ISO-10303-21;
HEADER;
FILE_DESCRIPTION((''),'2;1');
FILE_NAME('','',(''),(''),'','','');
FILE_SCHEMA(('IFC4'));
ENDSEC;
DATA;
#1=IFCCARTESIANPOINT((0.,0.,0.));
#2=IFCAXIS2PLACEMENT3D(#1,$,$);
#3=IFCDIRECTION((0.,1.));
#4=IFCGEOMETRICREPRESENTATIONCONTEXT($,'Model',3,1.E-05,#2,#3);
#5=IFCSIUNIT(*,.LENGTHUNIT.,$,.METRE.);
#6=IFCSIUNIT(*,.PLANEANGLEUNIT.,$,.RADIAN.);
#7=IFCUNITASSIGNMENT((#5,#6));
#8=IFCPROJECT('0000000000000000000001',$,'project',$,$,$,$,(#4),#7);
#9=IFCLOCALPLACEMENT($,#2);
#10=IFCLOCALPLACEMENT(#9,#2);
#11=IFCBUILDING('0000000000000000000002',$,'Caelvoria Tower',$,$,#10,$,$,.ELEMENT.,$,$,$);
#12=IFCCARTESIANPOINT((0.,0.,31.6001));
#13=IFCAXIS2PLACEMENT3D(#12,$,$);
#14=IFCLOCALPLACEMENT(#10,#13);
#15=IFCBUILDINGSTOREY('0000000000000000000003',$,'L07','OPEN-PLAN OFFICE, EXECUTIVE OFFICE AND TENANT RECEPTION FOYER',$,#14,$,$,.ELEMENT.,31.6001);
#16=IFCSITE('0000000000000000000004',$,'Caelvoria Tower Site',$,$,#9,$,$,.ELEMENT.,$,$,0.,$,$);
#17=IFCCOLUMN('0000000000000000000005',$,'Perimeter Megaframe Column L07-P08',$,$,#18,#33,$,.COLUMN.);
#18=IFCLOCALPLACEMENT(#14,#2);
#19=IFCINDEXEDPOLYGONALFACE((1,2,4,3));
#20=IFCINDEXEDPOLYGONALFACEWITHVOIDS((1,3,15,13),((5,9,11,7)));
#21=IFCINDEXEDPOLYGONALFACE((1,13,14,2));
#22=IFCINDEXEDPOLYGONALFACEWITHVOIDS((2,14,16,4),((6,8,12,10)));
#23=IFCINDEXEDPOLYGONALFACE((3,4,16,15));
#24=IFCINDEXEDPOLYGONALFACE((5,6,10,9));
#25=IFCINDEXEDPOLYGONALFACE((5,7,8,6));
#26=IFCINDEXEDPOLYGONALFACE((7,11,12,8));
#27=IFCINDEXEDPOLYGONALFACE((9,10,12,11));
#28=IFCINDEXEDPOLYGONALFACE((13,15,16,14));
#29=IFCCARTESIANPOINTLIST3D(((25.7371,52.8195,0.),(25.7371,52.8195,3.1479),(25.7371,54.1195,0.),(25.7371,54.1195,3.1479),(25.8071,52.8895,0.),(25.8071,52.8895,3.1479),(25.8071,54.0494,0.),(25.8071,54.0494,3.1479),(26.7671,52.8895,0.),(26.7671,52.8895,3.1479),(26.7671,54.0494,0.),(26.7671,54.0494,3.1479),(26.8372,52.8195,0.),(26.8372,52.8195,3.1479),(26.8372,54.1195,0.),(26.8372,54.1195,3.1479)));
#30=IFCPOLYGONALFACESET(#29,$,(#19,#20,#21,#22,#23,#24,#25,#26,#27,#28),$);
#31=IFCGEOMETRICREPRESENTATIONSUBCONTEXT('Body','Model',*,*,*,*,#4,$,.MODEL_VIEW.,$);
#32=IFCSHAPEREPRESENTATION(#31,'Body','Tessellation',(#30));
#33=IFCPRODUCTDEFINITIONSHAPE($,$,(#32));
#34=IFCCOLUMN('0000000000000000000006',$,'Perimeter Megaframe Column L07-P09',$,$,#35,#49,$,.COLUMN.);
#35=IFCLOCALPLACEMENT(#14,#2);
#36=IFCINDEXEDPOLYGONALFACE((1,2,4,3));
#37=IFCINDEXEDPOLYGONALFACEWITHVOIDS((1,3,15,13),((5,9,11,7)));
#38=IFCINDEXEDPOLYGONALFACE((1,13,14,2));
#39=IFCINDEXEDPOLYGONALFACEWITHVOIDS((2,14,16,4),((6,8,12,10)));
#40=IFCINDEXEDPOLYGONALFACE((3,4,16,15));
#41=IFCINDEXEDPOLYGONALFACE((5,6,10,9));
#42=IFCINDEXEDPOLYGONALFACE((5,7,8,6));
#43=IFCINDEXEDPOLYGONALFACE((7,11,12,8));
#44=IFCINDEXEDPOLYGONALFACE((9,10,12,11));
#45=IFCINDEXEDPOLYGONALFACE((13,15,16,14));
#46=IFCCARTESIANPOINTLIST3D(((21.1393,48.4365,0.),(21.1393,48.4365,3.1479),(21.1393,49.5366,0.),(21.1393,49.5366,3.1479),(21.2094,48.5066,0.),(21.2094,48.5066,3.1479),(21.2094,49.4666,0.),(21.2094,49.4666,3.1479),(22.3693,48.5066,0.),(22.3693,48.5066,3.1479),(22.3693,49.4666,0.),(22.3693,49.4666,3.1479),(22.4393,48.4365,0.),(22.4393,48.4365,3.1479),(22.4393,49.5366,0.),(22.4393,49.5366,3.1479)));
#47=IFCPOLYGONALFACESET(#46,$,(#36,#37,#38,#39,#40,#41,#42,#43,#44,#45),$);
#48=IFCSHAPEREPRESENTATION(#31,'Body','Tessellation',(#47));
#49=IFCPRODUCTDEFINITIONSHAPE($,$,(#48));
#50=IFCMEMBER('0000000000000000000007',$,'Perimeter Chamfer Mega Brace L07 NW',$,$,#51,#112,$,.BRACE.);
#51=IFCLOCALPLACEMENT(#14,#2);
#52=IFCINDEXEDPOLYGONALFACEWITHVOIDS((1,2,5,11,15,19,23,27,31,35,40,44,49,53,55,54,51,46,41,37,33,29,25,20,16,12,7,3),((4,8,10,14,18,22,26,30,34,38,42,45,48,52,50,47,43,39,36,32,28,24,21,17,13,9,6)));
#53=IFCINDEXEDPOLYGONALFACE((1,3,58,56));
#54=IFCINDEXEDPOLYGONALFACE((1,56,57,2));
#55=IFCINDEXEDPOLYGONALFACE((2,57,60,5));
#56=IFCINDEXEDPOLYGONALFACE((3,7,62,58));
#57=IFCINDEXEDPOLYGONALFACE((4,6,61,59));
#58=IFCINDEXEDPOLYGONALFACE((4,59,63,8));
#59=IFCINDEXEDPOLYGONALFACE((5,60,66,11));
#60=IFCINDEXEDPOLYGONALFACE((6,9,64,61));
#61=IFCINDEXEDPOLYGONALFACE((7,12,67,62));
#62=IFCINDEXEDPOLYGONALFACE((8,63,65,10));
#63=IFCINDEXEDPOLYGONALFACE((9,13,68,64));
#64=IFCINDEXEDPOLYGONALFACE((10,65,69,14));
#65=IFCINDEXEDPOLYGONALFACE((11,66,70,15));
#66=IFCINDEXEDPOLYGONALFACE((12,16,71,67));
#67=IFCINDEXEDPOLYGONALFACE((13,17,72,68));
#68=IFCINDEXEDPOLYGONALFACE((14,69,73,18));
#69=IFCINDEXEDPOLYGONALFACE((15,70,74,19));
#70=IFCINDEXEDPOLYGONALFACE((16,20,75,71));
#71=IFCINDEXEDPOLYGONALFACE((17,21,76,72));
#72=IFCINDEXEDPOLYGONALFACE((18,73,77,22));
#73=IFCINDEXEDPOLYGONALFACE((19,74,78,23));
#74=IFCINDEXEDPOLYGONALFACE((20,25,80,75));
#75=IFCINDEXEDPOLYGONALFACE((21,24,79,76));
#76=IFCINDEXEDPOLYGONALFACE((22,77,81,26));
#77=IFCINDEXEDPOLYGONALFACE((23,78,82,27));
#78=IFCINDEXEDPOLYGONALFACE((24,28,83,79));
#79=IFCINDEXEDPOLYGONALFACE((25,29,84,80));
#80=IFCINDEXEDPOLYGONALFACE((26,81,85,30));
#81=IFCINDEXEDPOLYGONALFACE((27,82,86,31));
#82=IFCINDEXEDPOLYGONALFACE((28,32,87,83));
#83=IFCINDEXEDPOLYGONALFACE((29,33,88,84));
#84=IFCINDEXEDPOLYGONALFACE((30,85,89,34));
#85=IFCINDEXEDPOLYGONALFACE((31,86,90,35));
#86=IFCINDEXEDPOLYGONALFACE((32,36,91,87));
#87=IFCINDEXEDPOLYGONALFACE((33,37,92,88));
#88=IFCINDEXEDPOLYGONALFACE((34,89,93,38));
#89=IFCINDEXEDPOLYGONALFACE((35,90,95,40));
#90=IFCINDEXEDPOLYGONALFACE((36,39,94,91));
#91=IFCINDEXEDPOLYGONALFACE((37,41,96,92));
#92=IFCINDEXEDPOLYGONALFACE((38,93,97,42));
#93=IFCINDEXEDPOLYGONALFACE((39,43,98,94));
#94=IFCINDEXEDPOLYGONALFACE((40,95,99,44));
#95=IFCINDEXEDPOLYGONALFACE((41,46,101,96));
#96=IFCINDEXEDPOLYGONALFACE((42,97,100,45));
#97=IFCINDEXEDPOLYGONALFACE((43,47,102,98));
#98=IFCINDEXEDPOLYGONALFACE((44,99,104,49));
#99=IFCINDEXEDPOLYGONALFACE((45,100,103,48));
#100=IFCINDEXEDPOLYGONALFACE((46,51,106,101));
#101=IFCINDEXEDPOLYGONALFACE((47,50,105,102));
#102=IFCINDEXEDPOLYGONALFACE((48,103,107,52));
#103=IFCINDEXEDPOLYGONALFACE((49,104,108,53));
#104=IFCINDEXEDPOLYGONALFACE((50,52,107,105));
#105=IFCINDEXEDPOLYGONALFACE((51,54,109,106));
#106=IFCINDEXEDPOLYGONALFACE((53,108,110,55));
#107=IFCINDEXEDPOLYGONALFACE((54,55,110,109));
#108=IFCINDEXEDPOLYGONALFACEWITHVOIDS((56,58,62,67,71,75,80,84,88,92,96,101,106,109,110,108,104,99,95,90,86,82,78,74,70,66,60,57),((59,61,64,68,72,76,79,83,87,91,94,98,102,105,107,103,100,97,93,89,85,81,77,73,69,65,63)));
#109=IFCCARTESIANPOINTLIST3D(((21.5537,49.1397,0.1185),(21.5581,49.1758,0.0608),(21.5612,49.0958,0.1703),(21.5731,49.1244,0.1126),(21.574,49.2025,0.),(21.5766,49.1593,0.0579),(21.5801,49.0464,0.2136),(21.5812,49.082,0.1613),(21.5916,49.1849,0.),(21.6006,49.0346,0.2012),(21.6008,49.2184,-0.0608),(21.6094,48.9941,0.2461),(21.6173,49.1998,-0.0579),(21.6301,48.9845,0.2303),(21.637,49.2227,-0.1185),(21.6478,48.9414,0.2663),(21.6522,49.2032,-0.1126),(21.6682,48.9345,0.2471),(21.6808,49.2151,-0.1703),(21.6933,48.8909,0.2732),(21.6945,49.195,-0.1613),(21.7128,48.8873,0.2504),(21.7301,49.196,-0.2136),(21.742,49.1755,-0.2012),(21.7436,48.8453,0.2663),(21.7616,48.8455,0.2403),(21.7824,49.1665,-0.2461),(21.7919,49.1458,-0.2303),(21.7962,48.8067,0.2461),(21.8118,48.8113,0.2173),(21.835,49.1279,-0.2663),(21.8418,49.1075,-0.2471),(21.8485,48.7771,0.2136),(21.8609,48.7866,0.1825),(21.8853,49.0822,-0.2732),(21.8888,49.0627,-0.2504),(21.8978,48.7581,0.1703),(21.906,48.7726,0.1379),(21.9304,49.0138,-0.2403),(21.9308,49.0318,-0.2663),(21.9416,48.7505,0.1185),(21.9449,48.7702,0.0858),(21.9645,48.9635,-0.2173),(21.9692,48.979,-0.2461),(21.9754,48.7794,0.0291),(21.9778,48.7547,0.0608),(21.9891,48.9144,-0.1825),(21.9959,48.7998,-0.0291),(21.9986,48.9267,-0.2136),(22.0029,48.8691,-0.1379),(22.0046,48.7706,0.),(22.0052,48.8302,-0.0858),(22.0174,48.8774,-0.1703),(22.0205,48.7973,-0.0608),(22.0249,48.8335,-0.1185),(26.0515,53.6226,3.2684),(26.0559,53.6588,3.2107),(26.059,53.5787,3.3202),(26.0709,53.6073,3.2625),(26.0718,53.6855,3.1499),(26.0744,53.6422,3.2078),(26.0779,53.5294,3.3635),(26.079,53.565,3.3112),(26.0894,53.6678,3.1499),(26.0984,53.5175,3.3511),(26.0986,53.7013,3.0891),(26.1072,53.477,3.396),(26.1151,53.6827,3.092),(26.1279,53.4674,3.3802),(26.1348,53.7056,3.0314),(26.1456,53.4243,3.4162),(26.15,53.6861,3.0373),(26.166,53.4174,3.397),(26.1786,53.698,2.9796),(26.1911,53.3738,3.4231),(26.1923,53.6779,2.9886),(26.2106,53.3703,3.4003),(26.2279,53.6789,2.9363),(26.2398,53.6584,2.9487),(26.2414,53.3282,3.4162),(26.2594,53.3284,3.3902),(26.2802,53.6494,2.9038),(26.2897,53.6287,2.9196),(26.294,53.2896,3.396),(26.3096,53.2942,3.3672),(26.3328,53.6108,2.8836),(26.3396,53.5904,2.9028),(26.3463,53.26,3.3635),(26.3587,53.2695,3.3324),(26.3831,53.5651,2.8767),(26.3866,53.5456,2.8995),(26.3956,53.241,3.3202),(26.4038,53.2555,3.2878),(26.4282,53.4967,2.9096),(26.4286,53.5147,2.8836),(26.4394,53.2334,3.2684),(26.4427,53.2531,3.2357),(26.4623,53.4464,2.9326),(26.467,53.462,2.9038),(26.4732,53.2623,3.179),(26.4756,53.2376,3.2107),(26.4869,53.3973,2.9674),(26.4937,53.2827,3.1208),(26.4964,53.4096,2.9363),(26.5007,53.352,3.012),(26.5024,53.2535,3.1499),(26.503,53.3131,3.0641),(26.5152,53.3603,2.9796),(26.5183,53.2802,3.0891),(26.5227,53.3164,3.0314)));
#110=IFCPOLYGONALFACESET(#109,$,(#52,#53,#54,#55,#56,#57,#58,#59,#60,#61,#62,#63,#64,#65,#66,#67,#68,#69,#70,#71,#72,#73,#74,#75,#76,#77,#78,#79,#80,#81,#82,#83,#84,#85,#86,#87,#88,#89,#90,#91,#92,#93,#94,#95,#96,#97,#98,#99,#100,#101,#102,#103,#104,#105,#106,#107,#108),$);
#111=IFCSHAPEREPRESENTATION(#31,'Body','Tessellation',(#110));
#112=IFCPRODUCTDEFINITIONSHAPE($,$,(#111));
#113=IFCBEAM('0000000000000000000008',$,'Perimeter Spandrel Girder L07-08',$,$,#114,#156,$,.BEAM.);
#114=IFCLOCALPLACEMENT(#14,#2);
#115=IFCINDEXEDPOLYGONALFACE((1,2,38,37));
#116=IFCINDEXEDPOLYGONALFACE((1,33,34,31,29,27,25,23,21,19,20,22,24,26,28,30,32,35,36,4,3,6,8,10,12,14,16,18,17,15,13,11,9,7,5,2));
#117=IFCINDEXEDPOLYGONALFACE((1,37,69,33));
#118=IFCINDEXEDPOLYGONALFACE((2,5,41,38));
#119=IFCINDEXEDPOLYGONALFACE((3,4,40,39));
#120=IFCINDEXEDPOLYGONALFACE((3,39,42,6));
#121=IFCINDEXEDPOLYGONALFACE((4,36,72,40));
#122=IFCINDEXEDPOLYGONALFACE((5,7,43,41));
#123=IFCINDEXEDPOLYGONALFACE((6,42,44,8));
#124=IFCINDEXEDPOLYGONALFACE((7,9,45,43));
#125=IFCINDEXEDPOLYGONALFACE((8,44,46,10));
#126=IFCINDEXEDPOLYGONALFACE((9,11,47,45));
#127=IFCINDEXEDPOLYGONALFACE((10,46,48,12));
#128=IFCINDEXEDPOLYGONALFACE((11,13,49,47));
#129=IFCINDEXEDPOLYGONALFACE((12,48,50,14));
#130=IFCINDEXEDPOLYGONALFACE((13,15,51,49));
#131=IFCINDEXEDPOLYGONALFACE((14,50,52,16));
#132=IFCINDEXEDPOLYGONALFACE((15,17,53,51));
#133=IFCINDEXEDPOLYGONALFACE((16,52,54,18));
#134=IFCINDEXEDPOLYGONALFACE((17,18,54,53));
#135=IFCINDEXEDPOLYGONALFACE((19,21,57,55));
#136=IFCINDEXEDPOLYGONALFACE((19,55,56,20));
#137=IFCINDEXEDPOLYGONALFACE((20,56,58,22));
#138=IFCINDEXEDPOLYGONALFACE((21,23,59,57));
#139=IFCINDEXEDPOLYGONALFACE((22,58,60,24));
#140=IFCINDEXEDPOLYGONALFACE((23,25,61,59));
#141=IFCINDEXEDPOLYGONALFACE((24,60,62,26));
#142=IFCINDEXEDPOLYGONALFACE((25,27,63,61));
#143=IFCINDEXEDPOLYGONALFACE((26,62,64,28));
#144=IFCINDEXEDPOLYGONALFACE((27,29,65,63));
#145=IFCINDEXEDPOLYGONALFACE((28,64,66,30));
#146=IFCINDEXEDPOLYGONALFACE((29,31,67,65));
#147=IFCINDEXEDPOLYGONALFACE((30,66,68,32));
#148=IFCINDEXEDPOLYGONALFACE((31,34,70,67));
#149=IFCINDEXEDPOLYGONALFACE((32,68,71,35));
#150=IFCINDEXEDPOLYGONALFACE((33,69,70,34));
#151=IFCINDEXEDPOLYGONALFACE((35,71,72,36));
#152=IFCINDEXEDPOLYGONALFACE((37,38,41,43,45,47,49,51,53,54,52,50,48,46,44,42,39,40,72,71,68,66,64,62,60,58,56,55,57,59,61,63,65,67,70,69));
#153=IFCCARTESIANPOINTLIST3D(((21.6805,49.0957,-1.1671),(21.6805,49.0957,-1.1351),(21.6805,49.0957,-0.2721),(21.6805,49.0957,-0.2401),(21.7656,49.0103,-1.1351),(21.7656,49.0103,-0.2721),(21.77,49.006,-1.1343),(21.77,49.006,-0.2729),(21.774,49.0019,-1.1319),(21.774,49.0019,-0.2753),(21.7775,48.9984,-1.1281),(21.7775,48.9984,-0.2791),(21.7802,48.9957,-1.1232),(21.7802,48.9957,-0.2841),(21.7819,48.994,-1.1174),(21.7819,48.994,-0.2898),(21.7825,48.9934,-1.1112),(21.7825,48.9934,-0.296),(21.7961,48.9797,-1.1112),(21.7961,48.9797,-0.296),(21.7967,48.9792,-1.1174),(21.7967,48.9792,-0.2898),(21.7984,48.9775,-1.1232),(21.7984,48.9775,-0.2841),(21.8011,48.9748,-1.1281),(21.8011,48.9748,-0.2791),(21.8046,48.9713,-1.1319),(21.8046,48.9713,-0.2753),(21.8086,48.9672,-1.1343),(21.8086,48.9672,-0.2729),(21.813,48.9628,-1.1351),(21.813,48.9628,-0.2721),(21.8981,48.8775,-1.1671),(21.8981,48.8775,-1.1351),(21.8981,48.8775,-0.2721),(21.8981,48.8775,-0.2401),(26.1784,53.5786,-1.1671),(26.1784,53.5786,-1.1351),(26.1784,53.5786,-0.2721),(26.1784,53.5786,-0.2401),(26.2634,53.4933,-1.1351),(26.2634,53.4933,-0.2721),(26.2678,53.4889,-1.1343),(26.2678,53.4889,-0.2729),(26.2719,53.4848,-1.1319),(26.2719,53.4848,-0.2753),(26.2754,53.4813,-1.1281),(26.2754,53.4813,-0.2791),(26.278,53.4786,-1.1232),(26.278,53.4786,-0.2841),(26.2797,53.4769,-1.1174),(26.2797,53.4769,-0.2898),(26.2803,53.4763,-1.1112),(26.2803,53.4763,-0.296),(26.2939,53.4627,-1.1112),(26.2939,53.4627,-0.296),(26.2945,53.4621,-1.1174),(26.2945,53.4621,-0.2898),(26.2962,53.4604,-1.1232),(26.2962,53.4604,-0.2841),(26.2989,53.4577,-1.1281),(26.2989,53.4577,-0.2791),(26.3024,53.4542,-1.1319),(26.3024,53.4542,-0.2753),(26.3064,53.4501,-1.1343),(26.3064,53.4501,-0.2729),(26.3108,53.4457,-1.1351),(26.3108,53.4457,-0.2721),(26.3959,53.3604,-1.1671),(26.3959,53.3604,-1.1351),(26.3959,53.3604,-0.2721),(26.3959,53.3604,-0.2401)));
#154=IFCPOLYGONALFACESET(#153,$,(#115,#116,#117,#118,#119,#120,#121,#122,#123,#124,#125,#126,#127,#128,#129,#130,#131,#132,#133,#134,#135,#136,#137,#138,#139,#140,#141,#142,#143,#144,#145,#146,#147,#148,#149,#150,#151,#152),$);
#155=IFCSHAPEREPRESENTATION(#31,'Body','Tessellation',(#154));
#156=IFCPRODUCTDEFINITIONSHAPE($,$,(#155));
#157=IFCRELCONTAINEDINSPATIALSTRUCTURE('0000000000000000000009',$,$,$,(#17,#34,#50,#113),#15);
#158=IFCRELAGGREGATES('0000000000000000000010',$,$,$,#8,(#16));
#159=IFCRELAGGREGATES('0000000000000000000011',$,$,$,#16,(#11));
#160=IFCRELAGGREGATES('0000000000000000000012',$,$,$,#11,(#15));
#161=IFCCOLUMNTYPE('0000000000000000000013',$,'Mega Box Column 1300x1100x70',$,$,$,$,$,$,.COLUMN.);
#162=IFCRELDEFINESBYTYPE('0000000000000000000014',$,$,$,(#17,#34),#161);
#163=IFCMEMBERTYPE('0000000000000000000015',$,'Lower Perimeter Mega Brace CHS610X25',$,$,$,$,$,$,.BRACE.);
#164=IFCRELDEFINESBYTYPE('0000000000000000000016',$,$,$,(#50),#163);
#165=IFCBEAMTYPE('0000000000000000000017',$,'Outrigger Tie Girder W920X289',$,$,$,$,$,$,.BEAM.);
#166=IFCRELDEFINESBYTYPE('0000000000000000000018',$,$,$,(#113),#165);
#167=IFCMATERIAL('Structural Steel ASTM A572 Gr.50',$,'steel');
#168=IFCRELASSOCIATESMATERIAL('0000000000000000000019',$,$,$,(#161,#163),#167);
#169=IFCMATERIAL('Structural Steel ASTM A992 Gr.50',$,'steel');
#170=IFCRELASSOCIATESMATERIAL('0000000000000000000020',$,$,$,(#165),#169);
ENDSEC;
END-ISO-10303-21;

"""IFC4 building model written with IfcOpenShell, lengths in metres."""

from ifc_helpers import new_model, si_unit, direction, frame, origin, origin_2d, place, context, subcontext, project, spatial, hollow_rectangle, hollow_circle, i_section, extrude, material, material_profile, profile_set, type_object, element, save


model = new_model("IFC4")

# Units and contexts
model_context = context("Model", 3, precision=1e-05, world=origin(), true_north=direction((0.0, 1.0)))
body_context = subcontext(model_context, "Body", "Model", "MODEL_VIEW")
ifc_project = project(units=[si_unit("LENGTHUNIT", "METRE"), si_unit("PLANEANGLEUNIT", "RADIAN")], contexts=[model_context])

# Site, building, storey
site_placement = place(None, origin())
site = spatial("IfcSite", under=ifc_project, at=site_placement, Name="Caelvoria Tower Site", CompositionType="ELEMENT", RefElevation=0.0)
building_placement = place(site_placement, origin())
building = spatial("IfcBuilding", under=site, at=building_placement, Name="Caelvoria Tower", CompositionType="ELEMENT")
storey_placement = place(building_placement, frame((0.0, 0.0, 31.6001)))
storey = spatial("IfcBuildingStorey", under=building, at=storey_placement, Name="L07", Description="OPEN-PLAN OFFICE, EXECUTIVE OFFICE AND TENANT RECEPTION FOYER", CompositionType="ELEMENT", Elevation=31.6001)

# Columns
ifc_material_1 = material(Name="Structural Steel ASTM A572 Gr.50", Category="steel")
ifc_material_profile_1 = material_profile(ifc_material_1, hollow_rectangle(XDim=1.1001, YDim=1.3, WallThickness=0.0701, at=origin_2d()), Name="Structural Steel ASTM A572 Gr.50")
ifc_profile_set_1 = profile_set([ifc_material_profile_1], Name="BOX1300X1100X70 - Structural Steel ASTM A572 Gr.50")
column_type = type_object("IfcColumnType", Name="Mega Box Column 1300x1100x70", PredefinedType="COLUMN", material=ifc_profile_set_1)
for number, where, z_axis, x_axis, name in (
    (1, (26.2871, 53.4695, 0.0), (0.0, 0.0, 1.0), (1.0, 0.0, 0.0), "Perimeter Megaframe Column L07-P08"),
    (2, (21.7893, 48.9866, 0.0), (0.0, 0.0, 1.0), (0.0, 1.0, 0.0), "Perimeter Megaframe Column L07-P09"),
):
    element("IfcColumn", number, at=place(storey_placement, frame(where, z_axis=z_axis, x_axis=x_axis)), inside=storey, type_object=column_type, Name=name, PredefinedType="COLUMN", context=body_context, shape_type="SweptSolid", body=[
        extrude(hollow_rectangle(XDim=1.1001, YDim=1.3, WallThickness=0.0701, at=origin_2d()), origin(), (0.0, 0.0, 1.0), 3.1479),
    ])

# Member
ifc_material_profile_2 = material_profile(ifc_material_1, hollow_circle(Radius=0.3049, WallThickness=0.0249, at=origin_2d()), Name="Structural Steel ASTM A572 Gr.50")
ifc_profile_set_2 = profile_set([ifc_material_profile_2], Name="CHS610X25 - Structural Steel ASTM A572 Gr.50")
member_type = type_object("IfcMemberType", Name="Lower Perimeter Mega Brace CHS610X25", PredefinedType="BRACE", material=ifc_profile_set_2)
member_placement = place(storey_placement, frame((21.7893, 48.9866, 0.0), z_axis=(0.63451, 0.632409, 0.44436), x_axis=(-0.705933, 0.708278, 0.0)))
element("IfcMember", 3, at=member_placement, inside=storey, type_object=member_type, Name="Perimeter Chamfer Mega Brace L07 NW", PredefinedType="BRACE", context=body_context, shape_type="SweptSolid", body=[
    extrude(hollow_circle(Radius=0.3049, WallThickness=0.0249, at=origin_2d()), origin(), (0.0, 0.0, 1.0), 7.0886),
])

# Beam
ifc_material_2 = material(Name="Structural Steel ASTM A992 Gr.50", Category="steel")
ifc_material_profile_3 = material_profile(ifc_material_2, i_section(OverallWidth=0.3081, OverallDepth=0.927, WebThickness=0.0193, FlangeThickness=0.032, FilletRadius=0.0239, at=origin_2d()), Name="Structural Steel ASTM A992 Gr.50")
ifc_profile_set_3 = profile_set([ifc_material_profile_3], Name="W920X289 - Structural Steel ASTM A992 Gr.50")
beam_type_1 = type_object("IfcBeamType", Name="Outrigger Tie Girder W920X289", PredefinedType="BEAM", material=ifc_profile_set_3)
beam_1_placement = place(storey_placement, frame((26.2871, 53.4695, -0.7036), z_axis=(-0.708278, -0.705933, 0.0), x_axis=(0.705933, -0.708278, 0.0)))
element("IfcBeam", 4, at=beam_1_placement, inside=storey, type_object=beam_type_1, Name="Perimeter Spandrel Girder L07-08", PredefinedType="BEAM", context=body_context, shape_type="SweptSolid", body=[
    extrude(i_section(OverallWidth=0.3081, OverallDepth=0.927, WebThickness=0.0193, FlangeThickness=0.032, FilletRadius=0.0239, at=origin_2d()), origin(), (0.0, 0.0, 1.0), 6.3503),
])

save(model, "model.ifc")
